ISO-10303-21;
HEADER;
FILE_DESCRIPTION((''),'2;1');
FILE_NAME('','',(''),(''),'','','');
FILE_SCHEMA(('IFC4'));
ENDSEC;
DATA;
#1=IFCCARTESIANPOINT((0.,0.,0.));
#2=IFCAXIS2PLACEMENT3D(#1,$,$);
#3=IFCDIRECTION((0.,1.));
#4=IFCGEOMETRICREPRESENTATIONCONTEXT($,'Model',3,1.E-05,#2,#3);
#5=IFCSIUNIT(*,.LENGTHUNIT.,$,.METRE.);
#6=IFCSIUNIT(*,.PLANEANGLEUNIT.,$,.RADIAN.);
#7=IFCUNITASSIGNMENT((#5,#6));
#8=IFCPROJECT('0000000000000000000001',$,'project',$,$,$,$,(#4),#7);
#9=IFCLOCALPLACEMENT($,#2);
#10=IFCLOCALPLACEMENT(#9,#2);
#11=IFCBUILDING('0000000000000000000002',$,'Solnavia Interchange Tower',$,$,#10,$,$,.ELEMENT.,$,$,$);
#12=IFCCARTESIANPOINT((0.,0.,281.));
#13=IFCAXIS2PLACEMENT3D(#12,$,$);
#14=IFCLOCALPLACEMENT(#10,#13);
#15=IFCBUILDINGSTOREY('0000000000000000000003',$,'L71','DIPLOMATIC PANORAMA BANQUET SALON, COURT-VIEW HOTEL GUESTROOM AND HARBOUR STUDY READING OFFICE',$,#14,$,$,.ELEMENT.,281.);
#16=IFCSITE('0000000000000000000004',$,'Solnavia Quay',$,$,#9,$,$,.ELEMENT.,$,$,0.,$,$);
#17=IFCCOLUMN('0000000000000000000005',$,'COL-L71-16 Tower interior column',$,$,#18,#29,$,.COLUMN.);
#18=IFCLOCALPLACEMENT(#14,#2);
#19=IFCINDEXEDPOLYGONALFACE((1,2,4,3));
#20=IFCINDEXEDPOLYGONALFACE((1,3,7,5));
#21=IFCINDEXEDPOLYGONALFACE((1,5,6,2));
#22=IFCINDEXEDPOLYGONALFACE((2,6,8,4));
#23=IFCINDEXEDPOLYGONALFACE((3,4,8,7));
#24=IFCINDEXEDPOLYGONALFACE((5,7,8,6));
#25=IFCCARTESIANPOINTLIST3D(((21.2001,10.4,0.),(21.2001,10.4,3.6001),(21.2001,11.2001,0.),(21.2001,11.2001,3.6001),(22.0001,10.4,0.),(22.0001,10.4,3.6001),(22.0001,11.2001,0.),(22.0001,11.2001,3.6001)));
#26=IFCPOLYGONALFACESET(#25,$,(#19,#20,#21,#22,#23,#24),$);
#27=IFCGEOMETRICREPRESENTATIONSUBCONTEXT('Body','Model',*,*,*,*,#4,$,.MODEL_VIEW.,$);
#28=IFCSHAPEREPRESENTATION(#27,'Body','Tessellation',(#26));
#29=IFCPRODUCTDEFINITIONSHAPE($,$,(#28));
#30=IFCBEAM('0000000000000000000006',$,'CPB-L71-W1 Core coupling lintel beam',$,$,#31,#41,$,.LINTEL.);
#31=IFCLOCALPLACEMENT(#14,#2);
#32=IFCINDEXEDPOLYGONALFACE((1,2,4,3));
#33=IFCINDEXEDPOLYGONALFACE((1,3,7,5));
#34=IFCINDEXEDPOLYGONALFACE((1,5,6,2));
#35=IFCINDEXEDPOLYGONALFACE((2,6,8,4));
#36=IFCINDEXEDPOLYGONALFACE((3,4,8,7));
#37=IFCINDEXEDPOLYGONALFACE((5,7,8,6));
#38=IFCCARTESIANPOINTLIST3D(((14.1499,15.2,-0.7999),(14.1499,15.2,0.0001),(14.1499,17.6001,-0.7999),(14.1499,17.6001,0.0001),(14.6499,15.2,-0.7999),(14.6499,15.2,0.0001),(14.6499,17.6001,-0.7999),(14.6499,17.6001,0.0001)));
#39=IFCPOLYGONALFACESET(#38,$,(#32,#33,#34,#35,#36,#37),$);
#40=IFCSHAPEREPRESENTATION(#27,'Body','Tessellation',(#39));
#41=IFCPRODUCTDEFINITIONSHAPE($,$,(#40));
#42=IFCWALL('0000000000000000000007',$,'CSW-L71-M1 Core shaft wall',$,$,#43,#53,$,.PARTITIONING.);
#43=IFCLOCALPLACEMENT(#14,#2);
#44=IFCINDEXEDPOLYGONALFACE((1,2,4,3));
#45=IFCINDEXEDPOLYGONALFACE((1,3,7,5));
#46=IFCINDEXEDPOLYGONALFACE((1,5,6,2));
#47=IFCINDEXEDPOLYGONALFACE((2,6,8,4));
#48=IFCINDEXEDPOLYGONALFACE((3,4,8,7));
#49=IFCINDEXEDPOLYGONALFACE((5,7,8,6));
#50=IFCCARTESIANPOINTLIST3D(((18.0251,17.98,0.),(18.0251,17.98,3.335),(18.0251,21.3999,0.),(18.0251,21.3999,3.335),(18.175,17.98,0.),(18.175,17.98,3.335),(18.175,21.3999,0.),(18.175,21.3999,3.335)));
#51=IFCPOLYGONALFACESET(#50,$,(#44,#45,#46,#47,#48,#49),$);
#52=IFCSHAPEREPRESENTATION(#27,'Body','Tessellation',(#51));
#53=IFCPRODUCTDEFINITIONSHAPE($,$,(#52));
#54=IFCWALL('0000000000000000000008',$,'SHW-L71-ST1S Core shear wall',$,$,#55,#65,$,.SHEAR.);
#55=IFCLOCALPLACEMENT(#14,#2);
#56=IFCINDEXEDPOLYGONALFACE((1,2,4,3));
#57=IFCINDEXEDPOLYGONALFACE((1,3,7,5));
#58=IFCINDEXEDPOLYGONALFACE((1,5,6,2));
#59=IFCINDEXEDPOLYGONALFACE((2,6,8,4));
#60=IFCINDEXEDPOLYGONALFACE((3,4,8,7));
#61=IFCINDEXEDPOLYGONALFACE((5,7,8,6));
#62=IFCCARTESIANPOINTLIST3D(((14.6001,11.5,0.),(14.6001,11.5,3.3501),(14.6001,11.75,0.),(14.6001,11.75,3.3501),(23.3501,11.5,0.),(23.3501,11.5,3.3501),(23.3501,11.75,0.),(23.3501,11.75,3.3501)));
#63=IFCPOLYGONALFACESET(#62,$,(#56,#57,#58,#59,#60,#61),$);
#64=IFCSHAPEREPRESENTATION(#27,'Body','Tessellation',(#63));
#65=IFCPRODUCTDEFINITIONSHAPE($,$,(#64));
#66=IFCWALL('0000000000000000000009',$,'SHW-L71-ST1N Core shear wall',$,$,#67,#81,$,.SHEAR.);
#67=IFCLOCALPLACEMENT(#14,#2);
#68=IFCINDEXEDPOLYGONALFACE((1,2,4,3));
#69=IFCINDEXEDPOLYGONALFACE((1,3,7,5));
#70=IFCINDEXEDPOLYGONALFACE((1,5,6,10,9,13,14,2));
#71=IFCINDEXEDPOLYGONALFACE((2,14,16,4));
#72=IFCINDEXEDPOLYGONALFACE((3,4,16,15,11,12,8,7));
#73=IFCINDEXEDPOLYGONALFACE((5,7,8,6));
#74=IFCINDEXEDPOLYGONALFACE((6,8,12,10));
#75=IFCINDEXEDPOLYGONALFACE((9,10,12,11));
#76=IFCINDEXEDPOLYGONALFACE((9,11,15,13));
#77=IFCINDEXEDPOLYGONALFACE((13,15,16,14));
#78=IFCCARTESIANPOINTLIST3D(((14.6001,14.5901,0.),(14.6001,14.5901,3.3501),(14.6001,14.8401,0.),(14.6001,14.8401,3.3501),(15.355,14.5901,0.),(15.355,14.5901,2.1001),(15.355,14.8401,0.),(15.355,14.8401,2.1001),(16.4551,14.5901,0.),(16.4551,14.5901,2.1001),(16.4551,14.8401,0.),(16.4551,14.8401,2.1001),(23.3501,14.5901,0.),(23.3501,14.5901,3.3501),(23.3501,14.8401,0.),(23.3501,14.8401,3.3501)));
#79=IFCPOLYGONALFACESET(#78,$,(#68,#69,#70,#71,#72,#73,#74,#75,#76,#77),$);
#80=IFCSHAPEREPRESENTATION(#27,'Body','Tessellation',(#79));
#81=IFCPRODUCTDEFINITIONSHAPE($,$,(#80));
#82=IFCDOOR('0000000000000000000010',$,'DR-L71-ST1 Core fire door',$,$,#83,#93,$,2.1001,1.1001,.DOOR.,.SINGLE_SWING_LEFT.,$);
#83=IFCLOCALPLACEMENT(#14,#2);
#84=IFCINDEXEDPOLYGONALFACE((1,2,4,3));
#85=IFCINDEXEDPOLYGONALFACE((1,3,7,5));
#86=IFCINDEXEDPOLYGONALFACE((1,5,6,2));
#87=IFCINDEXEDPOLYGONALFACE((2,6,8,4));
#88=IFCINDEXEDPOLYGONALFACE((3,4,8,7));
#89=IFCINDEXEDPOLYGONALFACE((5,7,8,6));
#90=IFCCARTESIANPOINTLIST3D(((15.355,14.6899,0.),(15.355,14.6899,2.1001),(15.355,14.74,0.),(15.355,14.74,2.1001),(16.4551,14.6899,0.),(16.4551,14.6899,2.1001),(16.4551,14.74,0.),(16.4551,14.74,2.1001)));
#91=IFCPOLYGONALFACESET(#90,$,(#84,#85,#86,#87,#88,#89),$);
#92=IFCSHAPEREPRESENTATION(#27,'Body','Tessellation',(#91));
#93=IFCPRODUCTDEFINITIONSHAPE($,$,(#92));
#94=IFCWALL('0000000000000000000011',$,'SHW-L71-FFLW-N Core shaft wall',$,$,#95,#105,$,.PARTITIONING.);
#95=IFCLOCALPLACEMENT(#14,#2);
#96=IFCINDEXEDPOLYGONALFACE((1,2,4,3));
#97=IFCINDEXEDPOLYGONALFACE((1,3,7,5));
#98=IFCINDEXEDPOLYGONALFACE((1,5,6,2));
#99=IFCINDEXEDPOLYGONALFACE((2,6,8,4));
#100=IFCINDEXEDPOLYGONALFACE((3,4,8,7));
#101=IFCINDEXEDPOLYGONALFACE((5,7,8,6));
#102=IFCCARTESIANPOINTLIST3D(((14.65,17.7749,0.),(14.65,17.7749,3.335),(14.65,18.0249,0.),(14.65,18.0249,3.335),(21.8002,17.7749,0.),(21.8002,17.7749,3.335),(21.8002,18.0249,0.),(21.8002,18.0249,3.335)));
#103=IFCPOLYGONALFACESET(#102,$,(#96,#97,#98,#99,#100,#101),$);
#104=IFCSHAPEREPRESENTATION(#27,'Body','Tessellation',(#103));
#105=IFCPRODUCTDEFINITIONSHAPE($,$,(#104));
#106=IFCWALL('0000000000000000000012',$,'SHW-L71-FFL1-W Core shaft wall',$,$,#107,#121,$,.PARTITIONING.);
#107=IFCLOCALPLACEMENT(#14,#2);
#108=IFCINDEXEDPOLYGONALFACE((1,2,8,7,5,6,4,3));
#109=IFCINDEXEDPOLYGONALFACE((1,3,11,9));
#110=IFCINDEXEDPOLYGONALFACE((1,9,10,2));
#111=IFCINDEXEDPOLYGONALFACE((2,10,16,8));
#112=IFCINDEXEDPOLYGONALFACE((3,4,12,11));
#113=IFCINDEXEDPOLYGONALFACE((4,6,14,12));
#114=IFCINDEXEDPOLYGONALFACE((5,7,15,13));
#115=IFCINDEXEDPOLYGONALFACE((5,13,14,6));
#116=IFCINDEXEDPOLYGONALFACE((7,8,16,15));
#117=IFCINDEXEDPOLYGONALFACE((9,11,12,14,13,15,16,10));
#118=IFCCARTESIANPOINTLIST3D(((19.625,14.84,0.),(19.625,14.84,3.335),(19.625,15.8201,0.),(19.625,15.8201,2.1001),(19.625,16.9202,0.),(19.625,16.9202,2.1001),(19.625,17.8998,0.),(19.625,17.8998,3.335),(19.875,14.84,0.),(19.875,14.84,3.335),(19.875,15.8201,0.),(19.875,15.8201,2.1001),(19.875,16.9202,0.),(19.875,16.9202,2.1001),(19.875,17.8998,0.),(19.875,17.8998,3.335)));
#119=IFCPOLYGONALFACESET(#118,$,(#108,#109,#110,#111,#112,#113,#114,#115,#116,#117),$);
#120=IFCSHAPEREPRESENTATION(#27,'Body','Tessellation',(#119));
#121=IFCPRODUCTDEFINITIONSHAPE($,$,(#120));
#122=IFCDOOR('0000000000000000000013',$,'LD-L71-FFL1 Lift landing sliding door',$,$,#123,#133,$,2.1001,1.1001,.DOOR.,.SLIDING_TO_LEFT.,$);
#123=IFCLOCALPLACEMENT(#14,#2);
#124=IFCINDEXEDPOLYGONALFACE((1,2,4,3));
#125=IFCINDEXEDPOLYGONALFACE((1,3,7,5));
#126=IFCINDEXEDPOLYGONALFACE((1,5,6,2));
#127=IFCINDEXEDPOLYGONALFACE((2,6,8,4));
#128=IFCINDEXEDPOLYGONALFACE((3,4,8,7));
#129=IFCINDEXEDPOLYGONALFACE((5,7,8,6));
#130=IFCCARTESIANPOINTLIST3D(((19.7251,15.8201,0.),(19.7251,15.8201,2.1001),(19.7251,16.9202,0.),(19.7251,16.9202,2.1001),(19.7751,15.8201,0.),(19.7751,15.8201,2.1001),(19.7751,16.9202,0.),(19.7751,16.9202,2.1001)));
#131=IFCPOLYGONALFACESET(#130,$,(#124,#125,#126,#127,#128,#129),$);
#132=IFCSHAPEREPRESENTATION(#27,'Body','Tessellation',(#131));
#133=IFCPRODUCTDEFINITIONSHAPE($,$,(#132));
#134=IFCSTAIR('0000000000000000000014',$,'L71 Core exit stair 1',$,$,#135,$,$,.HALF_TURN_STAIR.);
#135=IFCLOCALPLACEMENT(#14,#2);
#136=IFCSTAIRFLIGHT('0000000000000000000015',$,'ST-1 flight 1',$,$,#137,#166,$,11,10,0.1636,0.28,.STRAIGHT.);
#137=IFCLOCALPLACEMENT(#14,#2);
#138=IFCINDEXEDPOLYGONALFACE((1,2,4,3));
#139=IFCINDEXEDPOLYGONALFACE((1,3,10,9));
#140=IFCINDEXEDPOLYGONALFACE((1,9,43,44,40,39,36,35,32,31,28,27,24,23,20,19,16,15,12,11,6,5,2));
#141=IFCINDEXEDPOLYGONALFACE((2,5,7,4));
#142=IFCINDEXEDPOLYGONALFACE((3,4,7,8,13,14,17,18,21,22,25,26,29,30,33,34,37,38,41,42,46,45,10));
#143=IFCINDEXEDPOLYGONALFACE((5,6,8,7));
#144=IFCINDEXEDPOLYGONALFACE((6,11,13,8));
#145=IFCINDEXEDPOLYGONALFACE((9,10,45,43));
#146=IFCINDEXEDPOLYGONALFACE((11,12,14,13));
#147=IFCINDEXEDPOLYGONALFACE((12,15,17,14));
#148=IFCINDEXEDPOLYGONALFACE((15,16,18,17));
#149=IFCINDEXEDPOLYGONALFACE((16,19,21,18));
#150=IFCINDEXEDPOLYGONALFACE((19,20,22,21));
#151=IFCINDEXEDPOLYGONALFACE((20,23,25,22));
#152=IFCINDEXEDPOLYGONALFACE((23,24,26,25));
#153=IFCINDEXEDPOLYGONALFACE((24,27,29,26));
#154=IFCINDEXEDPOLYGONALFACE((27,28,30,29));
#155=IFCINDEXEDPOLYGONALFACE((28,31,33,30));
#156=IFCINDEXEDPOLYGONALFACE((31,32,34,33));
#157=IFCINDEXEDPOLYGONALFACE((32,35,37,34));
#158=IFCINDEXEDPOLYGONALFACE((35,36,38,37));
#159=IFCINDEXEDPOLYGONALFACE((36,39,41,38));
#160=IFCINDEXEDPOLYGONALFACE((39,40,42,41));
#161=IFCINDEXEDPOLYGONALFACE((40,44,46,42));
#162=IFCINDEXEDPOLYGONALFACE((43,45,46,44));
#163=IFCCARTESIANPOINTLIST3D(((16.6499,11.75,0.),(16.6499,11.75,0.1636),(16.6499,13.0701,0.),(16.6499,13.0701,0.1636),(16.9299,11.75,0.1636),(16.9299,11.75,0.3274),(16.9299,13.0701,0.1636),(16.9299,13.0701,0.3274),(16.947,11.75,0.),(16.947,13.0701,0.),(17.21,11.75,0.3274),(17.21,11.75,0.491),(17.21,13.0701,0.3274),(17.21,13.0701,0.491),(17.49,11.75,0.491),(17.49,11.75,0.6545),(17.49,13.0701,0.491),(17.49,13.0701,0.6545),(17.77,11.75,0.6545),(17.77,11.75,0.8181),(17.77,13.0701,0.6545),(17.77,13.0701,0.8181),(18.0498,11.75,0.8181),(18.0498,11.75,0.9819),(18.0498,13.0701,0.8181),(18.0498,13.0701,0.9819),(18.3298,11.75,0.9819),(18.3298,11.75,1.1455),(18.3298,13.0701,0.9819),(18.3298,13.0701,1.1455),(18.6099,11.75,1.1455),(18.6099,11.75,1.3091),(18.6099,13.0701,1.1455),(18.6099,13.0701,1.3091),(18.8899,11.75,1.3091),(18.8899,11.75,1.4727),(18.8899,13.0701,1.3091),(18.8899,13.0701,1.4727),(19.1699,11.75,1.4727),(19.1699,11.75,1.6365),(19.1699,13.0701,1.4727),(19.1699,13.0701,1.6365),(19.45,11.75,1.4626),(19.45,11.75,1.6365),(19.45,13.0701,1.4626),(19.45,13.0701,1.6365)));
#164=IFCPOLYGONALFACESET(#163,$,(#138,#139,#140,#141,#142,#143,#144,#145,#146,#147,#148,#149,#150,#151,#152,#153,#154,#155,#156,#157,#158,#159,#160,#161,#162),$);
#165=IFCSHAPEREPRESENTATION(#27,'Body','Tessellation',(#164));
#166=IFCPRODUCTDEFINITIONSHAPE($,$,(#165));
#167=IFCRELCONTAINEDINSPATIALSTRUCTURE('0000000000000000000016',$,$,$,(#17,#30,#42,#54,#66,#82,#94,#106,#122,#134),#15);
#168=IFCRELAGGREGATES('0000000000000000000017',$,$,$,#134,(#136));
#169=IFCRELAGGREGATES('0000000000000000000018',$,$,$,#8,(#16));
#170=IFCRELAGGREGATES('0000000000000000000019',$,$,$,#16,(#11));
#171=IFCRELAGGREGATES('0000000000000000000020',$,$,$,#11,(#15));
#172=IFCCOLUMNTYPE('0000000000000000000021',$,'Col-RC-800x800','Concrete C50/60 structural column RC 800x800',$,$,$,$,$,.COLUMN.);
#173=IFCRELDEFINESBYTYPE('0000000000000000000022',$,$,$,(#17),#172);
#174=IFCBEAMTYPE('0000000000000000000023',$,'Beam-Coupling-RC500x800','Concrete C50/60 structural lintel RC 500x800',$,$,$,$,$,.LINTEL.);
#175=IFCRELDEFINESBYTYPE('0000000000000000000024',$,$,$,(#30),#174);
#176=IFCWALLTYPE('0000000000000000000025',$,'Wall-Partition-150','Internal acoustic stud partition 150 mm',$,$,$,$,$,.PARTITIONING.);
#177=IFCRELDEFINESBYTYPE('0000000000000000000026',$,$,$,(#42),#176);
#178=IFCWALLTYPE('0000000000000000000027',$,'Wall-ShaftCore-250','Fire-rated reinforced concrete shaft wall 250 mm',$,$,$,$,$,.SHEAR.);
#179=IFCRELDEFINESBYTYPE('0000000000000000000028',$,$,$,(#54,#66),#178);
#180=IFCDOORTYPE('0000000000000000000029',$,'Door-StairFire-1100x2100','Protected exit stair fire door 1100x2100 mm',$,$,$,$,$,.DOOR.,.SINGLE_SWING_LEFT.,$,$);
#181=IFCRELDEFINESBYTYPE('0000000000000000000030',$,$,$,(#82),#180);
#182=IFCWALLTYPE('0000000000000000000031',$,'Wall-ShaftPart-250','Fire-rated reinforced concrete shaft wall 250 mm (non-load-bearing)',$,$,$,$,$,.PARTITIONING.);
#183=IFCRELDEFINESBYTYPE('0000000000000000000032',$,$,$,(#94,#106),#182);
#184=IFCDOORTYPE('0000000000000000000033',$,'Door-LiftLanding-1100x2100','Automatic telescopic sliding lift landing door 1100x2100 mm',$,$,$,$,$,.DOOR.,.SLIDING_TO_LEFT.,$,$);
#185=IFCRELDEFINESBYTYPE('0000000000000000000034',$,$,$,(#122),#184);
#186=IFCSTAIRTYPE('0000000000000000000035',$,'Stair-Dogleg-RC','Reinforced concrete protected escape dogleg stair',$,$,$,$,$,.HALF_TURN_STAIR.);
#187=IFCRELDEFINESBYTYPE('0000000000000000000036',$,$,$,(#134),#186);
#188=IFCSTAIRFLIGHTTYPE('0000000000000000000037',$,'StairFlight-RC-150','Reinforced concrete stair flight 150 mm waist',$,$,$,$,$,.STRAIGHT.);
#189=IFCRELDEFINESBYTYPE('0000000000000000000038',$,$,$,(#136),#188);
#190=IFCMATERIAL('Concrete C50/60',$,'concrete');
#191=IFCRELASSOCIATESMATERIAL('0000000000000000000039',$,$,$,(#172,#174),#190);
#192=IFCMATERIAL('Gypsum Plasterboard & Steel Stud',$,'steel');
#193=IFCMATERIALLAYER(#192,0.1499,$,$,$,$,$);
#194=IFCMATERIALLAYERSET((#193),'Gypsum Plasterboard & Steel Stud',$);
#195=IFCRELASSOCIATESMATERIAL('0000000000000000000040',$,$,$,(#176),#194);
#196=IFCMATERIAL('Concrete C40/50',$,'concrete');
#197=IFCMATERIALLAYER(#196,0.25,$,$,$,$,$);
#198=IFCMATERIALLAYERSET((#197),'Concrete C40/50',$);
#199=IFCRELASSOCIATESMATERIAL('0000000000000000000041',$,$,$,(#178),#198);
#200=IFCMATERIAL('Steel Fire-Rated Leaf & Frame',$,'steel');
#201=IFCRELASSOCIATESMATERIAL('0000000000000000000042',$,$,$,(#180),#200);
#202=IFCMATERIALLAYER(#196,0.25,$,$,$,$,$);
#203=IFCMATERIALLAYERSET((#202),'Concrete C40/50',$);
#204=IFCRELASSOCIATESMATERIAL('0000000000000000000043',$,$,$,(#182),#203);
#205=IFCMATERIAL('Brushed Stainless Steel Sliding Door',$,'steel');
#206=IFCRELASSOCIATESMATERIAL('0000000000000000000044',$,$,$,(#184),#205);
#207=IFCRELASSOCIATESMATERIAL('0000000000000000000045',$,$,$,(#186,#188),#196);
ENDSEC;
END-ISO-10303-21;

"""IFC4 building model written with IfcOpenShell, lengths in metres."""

from ifc_helpers import new_model, si_unit, direction, frame, frame_2d, origin, origin_2d, place, context, subcontext, project, spatial, polyline, rectangle, outline, extrude, material, layer, layer_set, material_profile, profile_set, type_object, element, fill, aggregate, save


model = new_model("IFC4")

# Units and contexts
model_context = context("Model", 3, precision=1e-05, world=origin(), true_north=direction((0.0, 1.0)))
body_context = subcontext(model_context, "Body", "Model", "MODEL_VIEW")
ifc_project = project(units=[si_unit("LENGTHUNIT", "METRE"), si_unit("PLANEANGLEUNIT", "RADIAN")], contexts=[model_context])

# Site, building, storey
site_placement = place(None, origin())
site = spatial("IfcSite", under=ifc_project, at=site_placement, Name="Solnavia Quay", CompositionType="ELEMENT", RefElevation=0.0)
building_placement = place(site_placement, origin())
building = spatial("IfcBuilding", under=site, at=building_placement, Name="Solnavia Interchange Tower", CompositionType="ELEMENT")
storey_placement = place(building_placement, frame((0.0, 0.0, 281.0)))
storey = spatial("IfcBuildingStorey", under=building, at=storey_placement, Name="L71", Description="DIPLOMATIC PANORAMA BANQUET SALON, COURT-VIEW HOTEL GUESTROOM AND HARBOUR STUDY READING OFFICE", CompositionType="ELEMENT", Elevation=281.0)

# Column
ifc_material_1 = material(Name="Concrete C50/60", Category="concrete")
ifc_material_profile_1 = material_profile(ifc_material_1, rectangle(XDim=0.8, YDim=0.8, at=origin_2d()), Name="RC 800x800")
ifc_profile_set_1 = profile_set([ifc_material_profile_1], Name="Concrete C50/60")
column_type = type_object("IfcColumnType", Name="Col-RC-800x800", Description="Concrete C50/60 structural column RC 800x800", PredefinedType="COLUMN", material=ifc_profile_set_1)
column_placement = place(storey_placement, frame((21.6001, 10.8, 0.0), z_axis=(0.0, 0.0, 1.0), x_axis=(1.0, 0.0, 0.0)))
element("IfcColumn", 1, at=column_placement, inside=storey, type_object=column_type, Name="COL-L71-16 Tower interior column", PredefinedType="COLUMN", context=body_context, shape_type="SweptSolid", body=[
    extrude(rectangle(XDim=0.8, YDim=0.8, at=origin_2d()), origin(), (0.0, 0.0, 1.0), 3.6001),
])

# Beam
ifc_material_profile_2 = material_profile(ifc_material_1, rectangle(XDim=0.5, YDim=0.8, at=origin_2d()), Name="RC 500x800")
ifc_profile_set_2 = profile_set([ifc_material_profile_2], Name="Concrete C50/60")
beam_type = type_object("IfcBeamType", Name="Beam-Coupling-RC500x800", Description="Concrete C50/60 structural lintel RC 500x800", PredefinedType="LINTEL", material=ifc_profile_set_2)
beam_placement = place(storey_placement, frame((14.3999, 15.2, -0.3999), z_axis=(0.0, 1.0, 0.0), x_axis=(-1.0, 0.0, 0.0)))
element("IfcBeam", 2, at=beam_placement, inside=storey, type_object=beam_type, Name="CPB-L71-W1 Core coupling lintel beam", PredefinedType="LINTEL", context=body_context, shape_type="SweptSolid", body=[
    extrude(rectangle(XDim=0.5, YDim=0.8, at=origin_2d()), origin(), (0.0, 0.0, 1.0), 2.4001),
])

# Walls
ifc_material_2 = material(Name="Gypsum Plasterboard & Steel Stud", Category="steel")
ifc_layer_1 = layer(ifc_material_2, 0.1499)
ifc_layer_set_1 = layer_set([ifc_layer_1], Name="Gypsum Plasterboard & Steel Stud")
wall_type_1 = type_object("IfcWallType", Name="Wall-Partition-150", Description="Internal acoustic stud partition 150 mm", PredefinedType="PARTITIONING", material=ifc_layer_set_1)
wall_1_placement = place(storey_placement, frame((18.1001, 17.98, 0.0), z_axis=(0.0, 0.0, 1.0), x_axis=(0.0, 1.0, 0.0)))
element("IfcWall", 3, at=wall_1_placement, inside=storey, type_object=wall_type_1, Name="CSW-L71-M1 Core shaft wall", PredefinedType="PARTITIONING", context=body_context, shape_type="SweptSolid", body=[
    extrude(rectangle(XDim=3.4199, YDim=0.1499, at=frame_2d((1.71, 0.0))), origin(), (0.0, 0.0, 1.0), 3.335),
])
ifc_material_3 = material(Name="Concrete C40/50", Category="concrete")
ifc_layer_2 = layer(ifc_material_3, 0.25)
ifc_layer_set_2 = layer_set([ifc_layer_2], Name="Concrete C40/50")
wall_type_2 = type_object("IfcWallType", Name="Wall-ShaftCore-250", Description="Fire-rated reinforced concrete shaft wall 250 mm", PredefinedType="SHEAR", material=ifc_layer_set_2)
wall_2_placement = place(storey_placement, frame((14.6001, 11.625, 0.0), z_axis=(0.0, 0.0, 1.0), x_axis=(1.0, 0.0, 0.0)))
element("IfcWall", 4, at=wall_2_placement, inside=storey, type_object=wall_type_2, Name="SHW-L71-ST1S Core shear wall", PredefinedType="SHEAR", context=body_context, shape_type="SweptSolid", body=[
    extrude(rectangle(XDim=8.75, YDim=0.25, at=frame_2d((4.375, 0.0))), origin(), (0.0, 0.0, 1.0), 3.3501),
])

# Wall, opening, door
wall_3_placement = place(storey_placement, frame((14.6001, 14.7151, 0.0), z_axis=(0.0, 0.0, 1.0), x_axis=(1.0, 0.0, 0.0)))
wall_3 = element("IfcWall", 5, at=wall_3_placement, inside=storey, type_object=wall_type_2, Name="SHW-L71-ST1N Core shear wall", PredefinedType="SHEAR", context=body_context, shape_type="SweptSolid", body=[
    extrude(rectangle(XDim=8.75, YDim=0.25, at=frame_2d((4.375, 0.0))), origin(), (0.0, 0.0, 1.0), 3.3501),
])
opening_1_placement = place(wall_3_placement, frame((0.7549, 0.0, 0.0)))
opening_1 = element("IfcOpeningElement", 6, at=opening_1_placement, cuts=wall_3, PredefinedType="OPENING", context=body_context, shape_type="SweptSolid", body=[
    extrude(rectangle(XDim=1.1001, YDim=2.1001, at=frame_2d((0.55, 1.05))), frame((0.0, 0.135, 0.0), z_axis=(0.0, -1.0, 0.0), x_axis=(1.0, 0.0, 0.0)), (0.0, 0.0, 1.0), 0.27),
])
ifc_material_4 = material(Name="Steel Fire-Rated Leaf & Frame", Category="steel")
door_type_1 = type_object("IfcDoorType", Name="Door-StairFire-1100x2100", Description="Protected exit stair fire door 1100x2100 mm", OperationType="SINGLE_SWING_LEFT", PredefinedType="DOOR", material=ifc_material_4)
door_1_placement = place(opening_1_placement, origin())
door_1 = element("IfcDoor", 7, at=door_1_placement, inside=storey, type_object=door_type_1, Name="DR-L71-ST1 Core fire door", OperationType="SINGLE_SWING_LEFT", OverallHeight=2.1001, OverallWidth=1.1001, PredefinedType="DOOR", context=body_context, shape_type="SweptSolid", body=[
    extrude(rectangle(XDim=1.1001, YDim=2.1001, at=frame_2d((0.55, 1.05))), frame((0.0, 0.0249, 0.0), z_axis=(0.0, -1.0, 0.0), x_axis=(1.0, 0.0, 0.0)), (0.0, 0.0, 1.0), 0.05),
])
fill(opening_1, door_1)

# Wall
ifc_layer_3 = layer(ifc_material_3, 0.25)
ifc_layer_set_3 = layer_set([ifc_layer_3], Name="Concrete C40/50")
wall_type_3 = type_object("IfcWallType", Name="Wall-ShaftPart-250", Description="Fire-rated reinforced concrete shaft wall 250 mm (non-load-bearing)", PredefinedType="PARTITIONING", material=ifc_layer_set_3)
wall_4_placement = place(storey_placement, frame((14.6499, 17.8999, 0.0), z_axis=(0.0, 0.0, 1.0), x_axis=(1.0, 0.0, 0.0)))
element("IfcWall", 8, at=wall_4_placement, inside=storey, type_object=wall_type_3, Name="SHW-L71-FFLW-N Core shaft wall", PredefinedType="PARTITIONING", context=body_context, shape_type="SweptSolid", body=[
    extrude(rectangle(XDim=7.1501, YDim=0.25, at=frame_2d((3.5752, 0.0))), origin(), (0.0, 0.0, 1.0), 3.335),
])

# Wall, opening, door
wall_5_placement = place(storey_placement, frame((19.75, 14.8401, 0.0), z_axis=(0.0, 0.0, 1.0), x_axis=(0.0, 1.0, 0.0)))
wall_5 = element("IfcWall", 9, at=wall_5_placement, inside=storey, type_object=wall_type_3, Name="SHW-L71-FFL1-W Core shaft wall", PredefinedType="PARTITIONING", context=body_context, shape_type="SweptSolid", body=[
    extrude(rectangle(XDim=3.0598, YDim=0.25, at=frame_2d((1.5298, 0.0))), origin(), (0.0, 0.0, 1.0), 3.335),
])
opening_2_placement = place(wall_5_placement, frame((0.98, 0.0, 0.0)))
opening_2 = element("IfcOpeningElement", 10, at=opening_2_placement, cuts=wall_5, PredefinedType="OPENING", context=body_context, shape_type="SweptSolid", body=[
    extrude(rectangle(XDim=1.1001, YDim=2.1001, at=frame_2d((0.55, 1.05))), frame((0.0, 0.135, 0.0), z_axis=(0.0, -1.0, 0.0), x_axis=(1.0, 0.0, 0.0)), (0.0, 0.0, 1.0), 0.27),
])
ifc_material_5 = material(Name="Brushed Stainless Steel Sliding Door", Category="steel")
door_type_2 = type_object("IfcDoorType", Name="Door-LiftLanding-1100x2100", Description="Automatic telescopic sliding lift landing door 1100x2100 mm", OperationType="SLIDING_TO_LEFT", PredefinedType="DOOR", material=ifc_material_5)
door_2_placement = place(opening_2_placement, origin())
door_2 = element("IfcDoor", 11, at=door_2_placement, inside=storey, type_object=door_type_2, Name="LD-L71-FFL1 Lift landing sliding door", OperationType="SLIDING_TO_LEFT", OverallHeight=2.1001, OverallWidth=1.1001, PredefinedType="DOOR", context=body_context, shape_type="SweptSolid", body=[
    extrude(rectangle(XDim=1.1001, YDim=2.1001, at=frame_2d((0.55, 1.05))), frame((0.0, 0.0249, 0.0), z_axis=(0.0, -1.0, 0.0), x_axis=(1.0, 0.0, 0.0)), (0.0, 0.0, 1.0), 0.05),
])
fill(opening_2, door_2)

# Stair, stair flight
stair_type = type_object("IfcStairType", Name="Stair-Dogleg-RC", Description="Reinforced concrete protected escape dogleg stair", PredefinedType="HALF_TURN_STAIR", material=ifc_material_3)
stair_placement = place(storey_placement, origin())
stair = element("IfcStair", 12, at=stair_placement, inside=storey, type_object=stair_type, Name="L71 Core exit stair 1", PredefinedType="HALF_TURN_STAIR")
stair_flight_type = type_object("IfcStairFlightType", Name="StairFlight-RC-150", Description="Reinforced concrete stair flight 150 mm waist", PredefinedType="STRAIGHT", material=ifc_material_3)
stair_flight_1_placement = place(storey_placement, frame((16.6499, 12.4099, 0.0), z_axis=(0.0, 0.0, 1.0), x_axis=(1.0, 0.0, 0.0)))
stair_flight_1 = element("IfcStairFlight", 13, at=stair_flight_1_placement, type_object=stair_flight_type, Name="ST-1 flight 1", NumberOfRisers=11, NumberOfTreads=10, PredefinedType="STRAIGHT", RiserHeight=0.1636, TreadLength=0.28, context=body_context, shape_type="SweptSolid", body=[
    extrude(outline(polyline([(0.0, 0.0), (0.0, 0.1636), (0.28, 0.1636), (0.28, 0.3274), (0.5601, 0.3274), (0.5601, 0.491), (0.8401, 0.491), (0.8401, 0.6545), (1.1201, 0.6545), (1.1201, 0.8181), (1.3999, 0.8181), (1.3999, 0.9819), (1.6799, 0.9819), (1.6799, 1.1455), (1.96, 1.1455), (1.96, 1.3091), (2.24, 1.3091), (2.24, 1.4727), (2.52, 1.4727), (2.52, 1.6365), (2.8, 1.6365), (2.8, 1.8), (2.8, 1.4626), (0.2971, 0.0), (0.0, 0.0)])), frame((0.0, 0.6602, 0.0), z_axis=(0.0, -1.0, 0.0), x_axis=(1.0, 0.0, 0.0)), (0.0, 0.0, 1.0), 1.3201),
])
aggregate(stair, [stair_flight_1])

save(model, "model.ifc")
